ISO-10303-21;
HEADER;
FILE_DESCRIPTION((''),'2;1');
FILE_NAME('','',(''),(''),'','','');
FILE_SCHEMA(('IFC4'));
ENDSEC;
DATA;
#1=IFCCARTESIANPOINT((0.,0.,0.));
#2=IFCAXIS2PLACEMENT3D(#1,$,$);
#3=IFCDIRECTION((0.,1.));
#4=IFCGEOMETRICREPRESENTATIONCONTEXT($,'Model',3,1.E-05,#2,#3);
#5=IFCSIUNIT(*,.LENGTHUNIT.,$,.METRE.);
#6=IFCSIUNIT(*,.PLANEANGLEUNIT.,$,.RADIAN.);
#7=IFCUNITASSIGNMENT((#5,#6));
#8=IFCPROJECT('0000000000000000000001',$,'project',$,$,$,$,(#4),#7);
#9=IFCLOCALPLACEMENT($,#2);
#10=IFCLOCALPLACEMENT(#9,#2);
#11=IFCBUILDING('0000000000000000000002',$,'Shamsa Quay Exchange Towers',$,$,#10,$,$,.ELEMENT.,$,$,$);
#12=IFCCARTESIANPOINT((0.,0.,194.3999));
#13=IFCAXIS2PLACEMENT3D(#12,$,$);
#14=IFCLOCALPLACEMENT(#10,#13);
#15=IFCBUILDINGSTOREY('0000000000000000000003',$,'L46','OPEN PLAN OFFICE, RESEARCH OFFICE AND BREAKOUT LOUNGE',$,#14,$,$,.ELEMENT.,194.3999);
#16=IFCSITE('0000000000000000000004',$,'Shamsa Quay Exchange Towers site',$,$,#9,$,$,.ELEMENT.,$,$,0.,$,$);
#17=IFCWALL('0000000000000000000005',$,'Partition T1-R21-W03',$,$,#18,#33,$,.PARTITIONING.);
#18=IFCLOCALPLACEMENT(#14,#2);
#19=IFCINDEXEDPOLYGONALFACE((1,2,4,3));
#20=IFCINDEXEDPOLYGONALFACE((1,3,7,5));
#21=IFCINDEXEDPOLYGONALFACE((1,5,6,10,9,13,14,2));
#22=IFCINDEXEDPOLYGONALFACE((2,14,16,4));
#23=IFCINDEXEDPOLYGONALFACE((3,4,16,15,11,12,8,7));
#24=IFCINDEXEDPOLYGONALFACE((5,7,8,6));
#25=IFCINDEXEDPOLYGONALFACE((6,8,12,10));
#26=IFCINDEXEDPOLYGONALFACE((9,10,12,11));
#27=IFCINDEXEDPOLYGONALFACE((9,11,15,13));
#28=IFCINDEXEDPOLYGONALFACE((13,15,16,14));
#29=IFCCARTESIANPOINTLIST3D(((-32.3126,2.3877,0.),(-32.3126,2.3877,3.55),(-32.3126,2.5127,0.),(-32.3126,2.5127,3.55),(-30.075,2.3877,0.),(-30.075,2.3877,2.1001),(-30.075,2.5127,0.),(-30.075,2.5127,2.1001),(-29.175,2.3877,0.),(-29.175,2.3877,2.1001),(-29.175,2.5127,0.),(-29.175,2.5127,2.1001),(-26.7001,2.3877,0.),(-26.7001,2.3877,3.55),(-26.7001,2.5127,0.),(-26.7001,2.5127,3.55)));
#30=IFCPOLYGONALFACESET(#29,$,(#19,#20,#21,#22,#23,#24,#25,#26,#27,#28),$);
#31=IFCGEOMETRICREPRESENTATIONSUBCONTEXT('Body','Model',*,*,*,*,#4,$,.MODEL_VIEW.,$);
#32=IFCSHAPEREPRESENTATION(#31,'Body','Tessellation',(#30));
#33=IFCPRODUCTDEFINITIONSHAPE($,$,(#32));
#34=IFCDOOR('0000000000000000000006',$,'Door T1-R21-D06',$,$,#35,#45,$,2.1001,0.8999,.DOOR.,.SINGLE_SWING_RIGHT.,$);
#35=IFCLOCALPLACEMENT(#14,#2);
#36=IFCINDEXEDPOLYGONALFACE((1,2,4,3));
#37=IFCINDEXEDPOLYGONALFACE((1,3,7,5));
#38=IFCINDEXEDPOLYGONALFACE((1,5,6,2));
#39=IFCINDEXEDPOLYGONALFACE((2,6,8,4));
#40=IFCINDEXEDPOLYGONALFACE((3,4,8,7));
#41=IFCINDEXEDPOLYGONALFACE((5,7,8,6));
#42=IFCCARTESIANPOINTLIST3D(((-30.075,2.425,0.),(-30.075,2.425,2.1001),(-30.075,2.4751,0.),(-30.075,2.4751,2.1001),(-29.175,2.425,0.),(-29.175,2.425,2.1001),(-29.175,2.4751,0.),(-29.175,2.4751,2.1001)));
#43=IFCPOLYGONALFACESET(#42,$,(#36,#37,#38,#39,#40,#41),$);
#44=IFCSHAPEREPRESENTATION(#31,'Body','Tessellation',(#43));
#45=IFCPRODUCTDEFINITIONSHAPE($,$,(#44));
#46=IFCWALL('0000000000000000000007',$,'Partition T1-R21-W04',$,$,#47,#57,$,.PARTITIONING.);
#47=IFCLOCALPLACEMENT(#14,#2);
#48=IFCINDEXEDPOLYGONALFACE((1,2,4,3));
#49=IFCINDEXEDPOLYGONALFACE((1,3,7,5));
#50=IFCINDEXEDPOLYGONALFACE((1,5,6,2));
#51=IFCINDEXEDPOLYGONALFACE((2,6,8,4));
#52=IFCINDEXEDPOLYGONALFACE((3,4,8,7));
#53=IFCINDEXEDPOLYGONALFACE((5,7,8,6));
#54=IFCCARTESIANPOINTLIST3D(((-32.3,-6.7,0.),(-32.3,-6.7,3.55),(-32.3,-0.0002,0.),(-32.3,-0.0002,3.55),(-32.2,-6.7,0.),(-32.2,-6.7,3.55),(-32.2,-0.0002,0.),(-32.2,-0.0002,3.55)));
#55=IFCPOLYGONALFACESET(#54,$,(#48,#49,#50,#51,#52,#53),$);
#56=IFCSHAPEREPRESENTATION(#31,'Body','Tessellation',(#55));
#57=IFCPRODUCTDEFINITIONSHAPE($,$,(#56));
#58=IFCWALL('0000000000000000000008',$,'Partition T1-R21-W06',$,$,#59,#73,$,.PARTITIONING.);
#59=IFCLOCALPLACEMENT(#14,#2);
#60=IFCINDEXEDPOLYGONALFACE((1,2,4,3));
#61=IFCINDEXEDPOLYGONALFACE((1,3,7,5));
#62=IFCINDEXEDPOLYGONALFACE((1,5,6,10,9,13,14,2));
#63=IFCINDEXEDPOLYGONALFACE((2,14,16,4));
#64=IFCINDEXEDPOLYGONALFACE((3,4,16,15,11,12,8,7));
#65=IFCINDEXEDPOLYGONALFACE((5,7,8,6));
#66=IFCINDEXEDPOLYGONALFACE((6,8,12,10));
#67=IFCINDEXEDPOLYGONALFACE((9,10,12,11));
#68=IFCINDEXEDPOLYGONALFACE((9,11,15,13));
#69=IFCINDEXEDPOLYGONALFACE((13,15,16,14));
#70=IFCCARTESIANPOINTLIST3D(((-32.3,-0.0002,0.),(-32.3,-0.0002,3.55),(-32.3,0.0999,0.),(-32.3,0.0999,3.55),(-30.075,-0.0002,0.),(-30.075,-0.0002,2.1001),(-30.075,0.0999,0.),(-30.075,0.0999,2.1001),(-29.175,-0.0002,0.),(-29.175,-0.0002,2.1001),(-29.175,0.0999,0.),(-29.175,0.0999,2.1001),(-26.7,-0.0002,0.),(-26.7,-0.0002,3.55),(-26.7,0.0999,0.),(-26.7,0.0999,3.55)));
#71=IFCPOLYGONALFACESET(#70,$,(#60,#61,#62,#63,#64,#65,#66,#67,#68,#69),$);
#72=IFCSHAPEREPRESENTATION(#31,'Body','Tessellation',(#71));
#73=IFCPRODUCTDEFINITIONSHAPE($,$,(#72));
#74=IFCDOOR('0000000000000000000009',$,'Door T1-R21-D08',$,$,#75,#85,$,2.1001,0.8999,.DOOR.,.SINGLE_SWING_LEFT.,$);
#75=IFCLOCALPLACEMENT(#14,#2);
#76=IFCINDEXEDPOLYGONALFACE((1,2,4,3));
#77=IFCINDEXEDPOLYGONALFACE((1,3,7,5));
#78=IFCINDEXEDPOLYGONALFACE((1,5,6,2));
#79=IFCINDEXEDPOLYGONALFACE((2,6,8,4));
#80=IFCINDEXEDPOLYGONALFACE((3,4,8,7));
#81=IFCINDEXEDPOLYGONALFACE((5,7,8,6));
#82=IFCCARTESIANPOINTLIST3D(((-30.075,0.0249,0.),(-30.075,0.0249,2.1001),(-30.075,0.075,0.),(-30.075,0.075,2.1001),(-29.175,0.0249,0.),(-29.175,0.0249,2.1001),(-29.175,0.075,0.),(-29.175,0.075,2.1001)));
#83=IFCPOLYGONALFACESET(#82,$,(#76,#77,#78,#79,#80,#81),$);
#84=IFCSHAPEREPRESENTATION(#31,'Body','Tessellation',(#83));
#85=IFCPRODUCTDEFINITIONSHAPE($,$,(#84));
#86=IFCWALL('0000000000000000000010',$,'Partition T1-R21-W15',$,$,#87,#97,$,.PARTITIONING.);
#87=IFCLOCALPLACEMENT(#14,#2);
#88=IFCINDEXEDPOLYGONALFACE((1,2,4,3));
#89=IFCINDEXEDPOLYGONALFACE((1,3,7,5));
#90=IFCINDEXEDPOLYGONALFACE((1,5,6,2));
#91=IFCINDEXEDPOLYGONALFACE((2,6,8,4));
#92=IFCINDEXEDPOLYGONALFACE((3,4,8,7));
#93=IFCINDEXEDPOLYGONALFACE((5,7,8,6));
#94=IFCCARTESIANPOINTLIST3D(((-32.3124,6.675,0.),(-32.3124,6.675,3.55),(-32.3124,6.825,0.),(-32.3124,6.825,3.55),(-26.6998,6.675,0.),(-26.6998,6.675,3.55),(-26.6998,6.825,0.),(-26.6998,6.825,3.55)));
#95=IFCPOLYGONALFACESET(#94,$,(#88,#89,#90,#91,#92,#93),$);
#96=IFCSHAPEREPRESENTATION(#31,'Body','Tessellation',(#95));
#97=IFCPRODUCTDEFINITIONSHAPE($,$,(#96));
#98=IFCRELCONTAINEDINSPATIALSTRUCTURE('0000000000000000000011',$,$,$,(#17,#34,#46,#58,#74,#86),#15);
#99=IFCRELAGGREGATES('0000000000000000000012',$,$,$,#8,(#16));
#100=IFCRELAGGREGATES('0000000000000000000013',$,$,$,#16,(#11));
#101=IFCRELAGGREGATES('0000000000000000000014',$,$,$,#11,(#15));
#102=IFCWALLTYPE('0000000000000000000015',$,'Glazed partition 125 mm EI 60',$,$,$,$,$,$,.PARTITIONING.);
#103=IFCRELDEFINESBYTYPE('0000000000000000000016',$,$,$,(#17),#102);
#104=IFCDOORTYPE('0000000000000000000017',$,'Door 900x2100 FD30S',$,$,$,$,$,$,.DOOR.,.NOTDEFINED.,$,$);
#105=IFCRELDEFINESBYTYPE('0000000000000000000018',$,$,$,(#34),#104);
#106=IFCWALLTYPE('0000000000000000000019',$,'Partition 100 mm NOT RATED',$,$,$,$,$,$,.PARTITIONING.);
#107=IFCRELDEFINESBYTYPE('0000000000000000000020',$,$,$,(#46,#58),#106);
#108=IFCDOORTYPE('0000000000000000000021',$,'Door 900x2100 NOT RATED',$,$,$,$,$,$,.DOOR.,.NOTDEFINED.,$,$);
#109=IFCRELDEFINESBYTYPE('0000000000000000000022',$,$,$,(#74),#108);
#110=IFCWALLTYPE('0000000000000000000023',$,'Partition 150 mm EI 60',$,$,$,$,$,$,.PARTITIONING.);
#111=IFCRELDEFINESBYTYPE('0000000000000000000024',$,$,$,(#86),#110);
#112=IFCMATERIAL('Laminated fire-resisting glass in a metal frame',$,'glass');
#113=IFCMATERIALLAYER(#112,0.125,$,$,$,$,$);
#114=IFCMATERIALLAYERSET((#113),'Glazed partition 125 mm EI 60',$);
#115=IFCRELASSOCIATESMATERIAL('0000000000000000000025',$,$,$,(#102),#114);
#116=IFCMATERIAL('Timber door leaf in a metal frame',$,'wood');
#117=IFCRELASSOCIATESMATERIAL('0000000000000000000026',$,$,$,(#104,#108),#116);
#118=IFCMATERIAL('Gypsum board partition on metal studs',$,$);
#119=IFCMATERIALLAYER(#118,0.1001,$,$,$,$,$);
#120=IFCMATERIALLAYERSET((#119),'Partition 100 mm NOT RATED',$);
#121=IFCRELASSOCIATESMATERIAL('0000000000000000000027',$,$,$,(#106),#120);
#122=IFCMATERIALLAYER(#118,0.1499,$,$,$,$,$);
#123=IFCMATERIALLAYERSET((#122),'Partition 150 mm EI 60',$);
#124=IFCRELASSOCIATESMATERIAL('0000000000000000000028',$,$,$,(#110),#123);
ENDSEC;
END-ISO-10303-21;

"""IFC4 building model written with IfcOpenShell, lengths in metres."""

from ifc_helpers import new_model, si_unit, direction, frame, frame_2d, origin, place, context, subcontext, project, spatial, rectangle, extrude, material, layer, layer_set, type_object, element, fill, save


model = new_model("IFC4")

# Units and contexts
model_context = context("Model", 3, precision=1e-05, world=origin(), true_north=direction((0.0, 1.0)))
body_context = subcontext(model_context, "Body", "Model", "MODEL_VIEW")
ifc_project = project(units=[si_unit("LENGTHUNIT", "METRE"), si_unit("PLANEANGLEUNIT", "RADIAN")], contexts=[model_context])

# Site, building, storey
site_placement = place(None, origin())
site = spatial("IfcSite", under=ifc_project, at=site_placement, Name="Shamsa Quay Exchange Towers site", CompositionType="ELEMENT", RefElevation=0.0)
building_placement = place(site_placement, origin())
building = spatial("IfcBuilding", under=site, at=building_placement, Name="Shamsa Quay Exchange Towers", CompositionType="ELEMENT")
storey_placement = place(building_placement, frame((0.0, 0.0, 194.3999)))
storey = spatial("IfcBuildingStorey", under=building, at=storey_placement, Name="L46", Description="OPEN PLAN OFFICE, RESEARCH OFFICE AND BREAKOUT LOUNGE", CompositionType="ELEMENT", Elevation=194.3999)

# Shared definitions
ifc_material_1 = material(Name="Laminated fire-resisting glass in a metal frame", Category="glass")
ifc_layer_1 = layer(ifc_material_1, 0.125)
ifc_layer_set_1 = layer_set([ifc_layer_1], Name="Glazed partition 125 mm EI 60")
wall_type_1 = type_object("IfcWallType", Name="Glazed partition 125 mm EI 60", PredefinedType="PARTITIONING", material=ifc_layer_set_1)

# Wall, opening, door
wall_1_placement = place(storey_placement, frame((-32.3125, 2.4502, 0.0)))
wall_1 = element("IfcWall", 1, at=wall_1_placement, inside=storey, type_object=wall_type_1, Name="Partition T1-R21-W03", PredefinedType="PARTITIONING", context=body_context, shape_type="SweptSolid", body=[
    extrude(rectangle(XDim=5.6125, YDim=0.125, at=frame_2d((2.8062, 0.0))), origin(), (0.0, 0.0, 1.0), 3.55),
])
opening_1_placement = place(wall_1_placement, frame((2.2375, 0.0, 0.0)))
opening_1 = element("IfcOpeningElement", 2, at=opening_1_placement, cuts=wall_1, PredefinedType="OPENING", context=body_context, shape_type="SweptSolid", body=[
    extrude(rectangle(XDim=0.8999, YDim=2.1001, at=frame_2d((0.45, 1.05))), frame((0.0, 0.0725, 0.0), z_axis=(0.0, -1.0, 0.0), x_axis=(1.0, 0.0, 0.0)), (0.0, 0.0, 1.0), 0.145),
])
ifc_material_2 = material(Name="Timber door leaf in a metal frame", Category="wood")
door_type_1 = type_object("IfcDoorType", Name="Door 900x2100 FD30S", OperationType="NOTDEFINED", PredefinedType="DOOR", material=ifc_material_2)
door_1_placement = place(opening_1_placement, origin())
door_1 = element("IfcDoor", 3, at=door_1_placement, inside=storey, type_object=door_type_1, Name="Door T1-R21-D06", OperationType="SINGLE_SWING_RIGHT", OverallHeight=2.1001, OverallWidth=0.8999, PredefinedType="DOOR", context=body_context, shape_type="SweptSolid", body=[
    extrude(rectangle(XDim=0.8999, YDim=2.1001, at=frame_2d((0.45, 1.05))), frame((0.0, 0.0249, 0.0), z_axis=(0.0, -1.0, 0.0), x_axis=(1.0, 0.0, 0.0)), (0.0, 0.0, 1.0), 0.05),
])
fill(opening_1, door_1)

# Wall
ifc_material_3 = material(Name="Gypsum board partition on metal studs")
ifc_layer_2 = layer(ifc_material_3, 0.1001)
ifc_layer_set_2 = layer_set([ifc_layer_2], Name="Partition 100 mm NOT RATED")
wall_type_2 = type_object("IfcWallType", Name="Partition 100 mm NOT RATED", PredefinedType="PARTITIONING", material=ifc_layer_set_2)
wall_2_placement = place(storey_placement, frame((-32.25, -0.0002, 0.0), z_axis=(0.0, 0.0, 1.0), x_axis=(0.0, -1.0, 0.0)))
element("IfcWall", 4, at=wall_2_placement, inside=storey, type_object=wall_type_2, Name="Partition T1-R21-W04", PredefinedType="PARTITIONING", context=body_context, shape_type="SweptSolid", body=[
    extrude(rectangle(XDim=6.6997, YDim=0.1001, at=frame_2d((3.3499, 0.0))), origin(), (0.0, 0.0, 1.0), 3.55),
])

# Wall, opening, door
wall_3_placement = place(storey_placement, frame((-26.7, 0.0498, 0.0), z_axis=(0.0, 0.0, 1.0), x_axis=(-1.0, 0.0, 0.0)))
wall_3 = element("IfcWall", 5, at=wall_3_placement, inside=storey, type_object=wall_type_2, Name="Partition T1-R21-W06", PredefinedType="PARTITIONING", context=body_context, shape_type="SweptSolid", body=[
    extrude(rectangle(XDim=5.6001, YDim=0.1001, at=frame_2d((2.8, 0.0))), origin(), (0.0, 0.0, 1.0), 3.55),
])
opening_2_placement = place(wall_3_placement, frame((2.4751, 0.0, 0.0)))
opening_2 = element("IfcOpeningElement", 6, at=opening_2_placement, cuts=wall_3, PredefinedType="OPENING", context=body_context, shape_type="SweptSolid", body=[
    extrude(rectangle(XDim=0.8999, YDim=2.1001, at=frame_2d((0.45, 1.05))), frame((0.0, 0.0601, 0.0), z_axis=(0.0, -1.0, 0.0), x_axis=(1.0, 0.0, 0.0)), (0.0, 0.0, 1.0), 0.1201),
])
door_type_2 = type_object("IfcDoorType", Name="Door 900x2100 NOT RATED", OperationType="NOTDEFINED", PredefinedType="DOOR", material=ifc_material_2)
door_2_placement = place(opening_2_placement, origin())
door_2 = element("IfcDoor", 7, at=door_2_placement, inside=storey, type_object=door_type_2, Name="Door T1-R21-D08", OperationType="SINGLE_SWING_LEFT", OverallHeight=2.1001, OverallWidth=0.8999, PredefinedType="DOOR", context=body_context, shape_type="SweptSolid", body=[
    extrude(rectangle(XDim=0.8999, YDim=2.1001, at=frame_2d((0.45, 1.05))), frame((0.0, 0.0249, 0.0), z_axis=(0.0, -1.0, 0.0), x_axis=(1.0, 0.0, 0.0)), (0.0, 0.0, 1.0), 0.05),
])
fill(opening_2, door_2)

# Wall
ifc_layer_3 = layer(ifc_material_3, 0.1499)
ifc_layer_set_3 = layer_set([ifc_layer_3], Name="Partition 150 mm EI 60")
wall_type_3 = type_object("IfcWallType", Name="Partition 150 mm EI 60", PredefinedType="PARTITIONING", material=ifc_layer_set_3)
wall_4_placement = place(storey_placement, frame((-26.7, 6.75, 0.0), z_axis=(0.0, 0.0, 1.0), x_axis=(-1.0, 0.0, 0.0)))
element("IfcWall", 8, at=wall_4_placement, inside=storey, type_object=wall_type_3, Name="Partition T1-R21-W15", PredefinedType="PARTITIONING", context=body_context, shape_type="SweptSolid", body=[
    extrude(rectangle(XDim=5.6125, YDim=0.1499, at=frame_2d((2.8062, 0.0))), origin(), (0.0, 0.0, 1.0), 3.55),
])

save(model, "model.ifc")
